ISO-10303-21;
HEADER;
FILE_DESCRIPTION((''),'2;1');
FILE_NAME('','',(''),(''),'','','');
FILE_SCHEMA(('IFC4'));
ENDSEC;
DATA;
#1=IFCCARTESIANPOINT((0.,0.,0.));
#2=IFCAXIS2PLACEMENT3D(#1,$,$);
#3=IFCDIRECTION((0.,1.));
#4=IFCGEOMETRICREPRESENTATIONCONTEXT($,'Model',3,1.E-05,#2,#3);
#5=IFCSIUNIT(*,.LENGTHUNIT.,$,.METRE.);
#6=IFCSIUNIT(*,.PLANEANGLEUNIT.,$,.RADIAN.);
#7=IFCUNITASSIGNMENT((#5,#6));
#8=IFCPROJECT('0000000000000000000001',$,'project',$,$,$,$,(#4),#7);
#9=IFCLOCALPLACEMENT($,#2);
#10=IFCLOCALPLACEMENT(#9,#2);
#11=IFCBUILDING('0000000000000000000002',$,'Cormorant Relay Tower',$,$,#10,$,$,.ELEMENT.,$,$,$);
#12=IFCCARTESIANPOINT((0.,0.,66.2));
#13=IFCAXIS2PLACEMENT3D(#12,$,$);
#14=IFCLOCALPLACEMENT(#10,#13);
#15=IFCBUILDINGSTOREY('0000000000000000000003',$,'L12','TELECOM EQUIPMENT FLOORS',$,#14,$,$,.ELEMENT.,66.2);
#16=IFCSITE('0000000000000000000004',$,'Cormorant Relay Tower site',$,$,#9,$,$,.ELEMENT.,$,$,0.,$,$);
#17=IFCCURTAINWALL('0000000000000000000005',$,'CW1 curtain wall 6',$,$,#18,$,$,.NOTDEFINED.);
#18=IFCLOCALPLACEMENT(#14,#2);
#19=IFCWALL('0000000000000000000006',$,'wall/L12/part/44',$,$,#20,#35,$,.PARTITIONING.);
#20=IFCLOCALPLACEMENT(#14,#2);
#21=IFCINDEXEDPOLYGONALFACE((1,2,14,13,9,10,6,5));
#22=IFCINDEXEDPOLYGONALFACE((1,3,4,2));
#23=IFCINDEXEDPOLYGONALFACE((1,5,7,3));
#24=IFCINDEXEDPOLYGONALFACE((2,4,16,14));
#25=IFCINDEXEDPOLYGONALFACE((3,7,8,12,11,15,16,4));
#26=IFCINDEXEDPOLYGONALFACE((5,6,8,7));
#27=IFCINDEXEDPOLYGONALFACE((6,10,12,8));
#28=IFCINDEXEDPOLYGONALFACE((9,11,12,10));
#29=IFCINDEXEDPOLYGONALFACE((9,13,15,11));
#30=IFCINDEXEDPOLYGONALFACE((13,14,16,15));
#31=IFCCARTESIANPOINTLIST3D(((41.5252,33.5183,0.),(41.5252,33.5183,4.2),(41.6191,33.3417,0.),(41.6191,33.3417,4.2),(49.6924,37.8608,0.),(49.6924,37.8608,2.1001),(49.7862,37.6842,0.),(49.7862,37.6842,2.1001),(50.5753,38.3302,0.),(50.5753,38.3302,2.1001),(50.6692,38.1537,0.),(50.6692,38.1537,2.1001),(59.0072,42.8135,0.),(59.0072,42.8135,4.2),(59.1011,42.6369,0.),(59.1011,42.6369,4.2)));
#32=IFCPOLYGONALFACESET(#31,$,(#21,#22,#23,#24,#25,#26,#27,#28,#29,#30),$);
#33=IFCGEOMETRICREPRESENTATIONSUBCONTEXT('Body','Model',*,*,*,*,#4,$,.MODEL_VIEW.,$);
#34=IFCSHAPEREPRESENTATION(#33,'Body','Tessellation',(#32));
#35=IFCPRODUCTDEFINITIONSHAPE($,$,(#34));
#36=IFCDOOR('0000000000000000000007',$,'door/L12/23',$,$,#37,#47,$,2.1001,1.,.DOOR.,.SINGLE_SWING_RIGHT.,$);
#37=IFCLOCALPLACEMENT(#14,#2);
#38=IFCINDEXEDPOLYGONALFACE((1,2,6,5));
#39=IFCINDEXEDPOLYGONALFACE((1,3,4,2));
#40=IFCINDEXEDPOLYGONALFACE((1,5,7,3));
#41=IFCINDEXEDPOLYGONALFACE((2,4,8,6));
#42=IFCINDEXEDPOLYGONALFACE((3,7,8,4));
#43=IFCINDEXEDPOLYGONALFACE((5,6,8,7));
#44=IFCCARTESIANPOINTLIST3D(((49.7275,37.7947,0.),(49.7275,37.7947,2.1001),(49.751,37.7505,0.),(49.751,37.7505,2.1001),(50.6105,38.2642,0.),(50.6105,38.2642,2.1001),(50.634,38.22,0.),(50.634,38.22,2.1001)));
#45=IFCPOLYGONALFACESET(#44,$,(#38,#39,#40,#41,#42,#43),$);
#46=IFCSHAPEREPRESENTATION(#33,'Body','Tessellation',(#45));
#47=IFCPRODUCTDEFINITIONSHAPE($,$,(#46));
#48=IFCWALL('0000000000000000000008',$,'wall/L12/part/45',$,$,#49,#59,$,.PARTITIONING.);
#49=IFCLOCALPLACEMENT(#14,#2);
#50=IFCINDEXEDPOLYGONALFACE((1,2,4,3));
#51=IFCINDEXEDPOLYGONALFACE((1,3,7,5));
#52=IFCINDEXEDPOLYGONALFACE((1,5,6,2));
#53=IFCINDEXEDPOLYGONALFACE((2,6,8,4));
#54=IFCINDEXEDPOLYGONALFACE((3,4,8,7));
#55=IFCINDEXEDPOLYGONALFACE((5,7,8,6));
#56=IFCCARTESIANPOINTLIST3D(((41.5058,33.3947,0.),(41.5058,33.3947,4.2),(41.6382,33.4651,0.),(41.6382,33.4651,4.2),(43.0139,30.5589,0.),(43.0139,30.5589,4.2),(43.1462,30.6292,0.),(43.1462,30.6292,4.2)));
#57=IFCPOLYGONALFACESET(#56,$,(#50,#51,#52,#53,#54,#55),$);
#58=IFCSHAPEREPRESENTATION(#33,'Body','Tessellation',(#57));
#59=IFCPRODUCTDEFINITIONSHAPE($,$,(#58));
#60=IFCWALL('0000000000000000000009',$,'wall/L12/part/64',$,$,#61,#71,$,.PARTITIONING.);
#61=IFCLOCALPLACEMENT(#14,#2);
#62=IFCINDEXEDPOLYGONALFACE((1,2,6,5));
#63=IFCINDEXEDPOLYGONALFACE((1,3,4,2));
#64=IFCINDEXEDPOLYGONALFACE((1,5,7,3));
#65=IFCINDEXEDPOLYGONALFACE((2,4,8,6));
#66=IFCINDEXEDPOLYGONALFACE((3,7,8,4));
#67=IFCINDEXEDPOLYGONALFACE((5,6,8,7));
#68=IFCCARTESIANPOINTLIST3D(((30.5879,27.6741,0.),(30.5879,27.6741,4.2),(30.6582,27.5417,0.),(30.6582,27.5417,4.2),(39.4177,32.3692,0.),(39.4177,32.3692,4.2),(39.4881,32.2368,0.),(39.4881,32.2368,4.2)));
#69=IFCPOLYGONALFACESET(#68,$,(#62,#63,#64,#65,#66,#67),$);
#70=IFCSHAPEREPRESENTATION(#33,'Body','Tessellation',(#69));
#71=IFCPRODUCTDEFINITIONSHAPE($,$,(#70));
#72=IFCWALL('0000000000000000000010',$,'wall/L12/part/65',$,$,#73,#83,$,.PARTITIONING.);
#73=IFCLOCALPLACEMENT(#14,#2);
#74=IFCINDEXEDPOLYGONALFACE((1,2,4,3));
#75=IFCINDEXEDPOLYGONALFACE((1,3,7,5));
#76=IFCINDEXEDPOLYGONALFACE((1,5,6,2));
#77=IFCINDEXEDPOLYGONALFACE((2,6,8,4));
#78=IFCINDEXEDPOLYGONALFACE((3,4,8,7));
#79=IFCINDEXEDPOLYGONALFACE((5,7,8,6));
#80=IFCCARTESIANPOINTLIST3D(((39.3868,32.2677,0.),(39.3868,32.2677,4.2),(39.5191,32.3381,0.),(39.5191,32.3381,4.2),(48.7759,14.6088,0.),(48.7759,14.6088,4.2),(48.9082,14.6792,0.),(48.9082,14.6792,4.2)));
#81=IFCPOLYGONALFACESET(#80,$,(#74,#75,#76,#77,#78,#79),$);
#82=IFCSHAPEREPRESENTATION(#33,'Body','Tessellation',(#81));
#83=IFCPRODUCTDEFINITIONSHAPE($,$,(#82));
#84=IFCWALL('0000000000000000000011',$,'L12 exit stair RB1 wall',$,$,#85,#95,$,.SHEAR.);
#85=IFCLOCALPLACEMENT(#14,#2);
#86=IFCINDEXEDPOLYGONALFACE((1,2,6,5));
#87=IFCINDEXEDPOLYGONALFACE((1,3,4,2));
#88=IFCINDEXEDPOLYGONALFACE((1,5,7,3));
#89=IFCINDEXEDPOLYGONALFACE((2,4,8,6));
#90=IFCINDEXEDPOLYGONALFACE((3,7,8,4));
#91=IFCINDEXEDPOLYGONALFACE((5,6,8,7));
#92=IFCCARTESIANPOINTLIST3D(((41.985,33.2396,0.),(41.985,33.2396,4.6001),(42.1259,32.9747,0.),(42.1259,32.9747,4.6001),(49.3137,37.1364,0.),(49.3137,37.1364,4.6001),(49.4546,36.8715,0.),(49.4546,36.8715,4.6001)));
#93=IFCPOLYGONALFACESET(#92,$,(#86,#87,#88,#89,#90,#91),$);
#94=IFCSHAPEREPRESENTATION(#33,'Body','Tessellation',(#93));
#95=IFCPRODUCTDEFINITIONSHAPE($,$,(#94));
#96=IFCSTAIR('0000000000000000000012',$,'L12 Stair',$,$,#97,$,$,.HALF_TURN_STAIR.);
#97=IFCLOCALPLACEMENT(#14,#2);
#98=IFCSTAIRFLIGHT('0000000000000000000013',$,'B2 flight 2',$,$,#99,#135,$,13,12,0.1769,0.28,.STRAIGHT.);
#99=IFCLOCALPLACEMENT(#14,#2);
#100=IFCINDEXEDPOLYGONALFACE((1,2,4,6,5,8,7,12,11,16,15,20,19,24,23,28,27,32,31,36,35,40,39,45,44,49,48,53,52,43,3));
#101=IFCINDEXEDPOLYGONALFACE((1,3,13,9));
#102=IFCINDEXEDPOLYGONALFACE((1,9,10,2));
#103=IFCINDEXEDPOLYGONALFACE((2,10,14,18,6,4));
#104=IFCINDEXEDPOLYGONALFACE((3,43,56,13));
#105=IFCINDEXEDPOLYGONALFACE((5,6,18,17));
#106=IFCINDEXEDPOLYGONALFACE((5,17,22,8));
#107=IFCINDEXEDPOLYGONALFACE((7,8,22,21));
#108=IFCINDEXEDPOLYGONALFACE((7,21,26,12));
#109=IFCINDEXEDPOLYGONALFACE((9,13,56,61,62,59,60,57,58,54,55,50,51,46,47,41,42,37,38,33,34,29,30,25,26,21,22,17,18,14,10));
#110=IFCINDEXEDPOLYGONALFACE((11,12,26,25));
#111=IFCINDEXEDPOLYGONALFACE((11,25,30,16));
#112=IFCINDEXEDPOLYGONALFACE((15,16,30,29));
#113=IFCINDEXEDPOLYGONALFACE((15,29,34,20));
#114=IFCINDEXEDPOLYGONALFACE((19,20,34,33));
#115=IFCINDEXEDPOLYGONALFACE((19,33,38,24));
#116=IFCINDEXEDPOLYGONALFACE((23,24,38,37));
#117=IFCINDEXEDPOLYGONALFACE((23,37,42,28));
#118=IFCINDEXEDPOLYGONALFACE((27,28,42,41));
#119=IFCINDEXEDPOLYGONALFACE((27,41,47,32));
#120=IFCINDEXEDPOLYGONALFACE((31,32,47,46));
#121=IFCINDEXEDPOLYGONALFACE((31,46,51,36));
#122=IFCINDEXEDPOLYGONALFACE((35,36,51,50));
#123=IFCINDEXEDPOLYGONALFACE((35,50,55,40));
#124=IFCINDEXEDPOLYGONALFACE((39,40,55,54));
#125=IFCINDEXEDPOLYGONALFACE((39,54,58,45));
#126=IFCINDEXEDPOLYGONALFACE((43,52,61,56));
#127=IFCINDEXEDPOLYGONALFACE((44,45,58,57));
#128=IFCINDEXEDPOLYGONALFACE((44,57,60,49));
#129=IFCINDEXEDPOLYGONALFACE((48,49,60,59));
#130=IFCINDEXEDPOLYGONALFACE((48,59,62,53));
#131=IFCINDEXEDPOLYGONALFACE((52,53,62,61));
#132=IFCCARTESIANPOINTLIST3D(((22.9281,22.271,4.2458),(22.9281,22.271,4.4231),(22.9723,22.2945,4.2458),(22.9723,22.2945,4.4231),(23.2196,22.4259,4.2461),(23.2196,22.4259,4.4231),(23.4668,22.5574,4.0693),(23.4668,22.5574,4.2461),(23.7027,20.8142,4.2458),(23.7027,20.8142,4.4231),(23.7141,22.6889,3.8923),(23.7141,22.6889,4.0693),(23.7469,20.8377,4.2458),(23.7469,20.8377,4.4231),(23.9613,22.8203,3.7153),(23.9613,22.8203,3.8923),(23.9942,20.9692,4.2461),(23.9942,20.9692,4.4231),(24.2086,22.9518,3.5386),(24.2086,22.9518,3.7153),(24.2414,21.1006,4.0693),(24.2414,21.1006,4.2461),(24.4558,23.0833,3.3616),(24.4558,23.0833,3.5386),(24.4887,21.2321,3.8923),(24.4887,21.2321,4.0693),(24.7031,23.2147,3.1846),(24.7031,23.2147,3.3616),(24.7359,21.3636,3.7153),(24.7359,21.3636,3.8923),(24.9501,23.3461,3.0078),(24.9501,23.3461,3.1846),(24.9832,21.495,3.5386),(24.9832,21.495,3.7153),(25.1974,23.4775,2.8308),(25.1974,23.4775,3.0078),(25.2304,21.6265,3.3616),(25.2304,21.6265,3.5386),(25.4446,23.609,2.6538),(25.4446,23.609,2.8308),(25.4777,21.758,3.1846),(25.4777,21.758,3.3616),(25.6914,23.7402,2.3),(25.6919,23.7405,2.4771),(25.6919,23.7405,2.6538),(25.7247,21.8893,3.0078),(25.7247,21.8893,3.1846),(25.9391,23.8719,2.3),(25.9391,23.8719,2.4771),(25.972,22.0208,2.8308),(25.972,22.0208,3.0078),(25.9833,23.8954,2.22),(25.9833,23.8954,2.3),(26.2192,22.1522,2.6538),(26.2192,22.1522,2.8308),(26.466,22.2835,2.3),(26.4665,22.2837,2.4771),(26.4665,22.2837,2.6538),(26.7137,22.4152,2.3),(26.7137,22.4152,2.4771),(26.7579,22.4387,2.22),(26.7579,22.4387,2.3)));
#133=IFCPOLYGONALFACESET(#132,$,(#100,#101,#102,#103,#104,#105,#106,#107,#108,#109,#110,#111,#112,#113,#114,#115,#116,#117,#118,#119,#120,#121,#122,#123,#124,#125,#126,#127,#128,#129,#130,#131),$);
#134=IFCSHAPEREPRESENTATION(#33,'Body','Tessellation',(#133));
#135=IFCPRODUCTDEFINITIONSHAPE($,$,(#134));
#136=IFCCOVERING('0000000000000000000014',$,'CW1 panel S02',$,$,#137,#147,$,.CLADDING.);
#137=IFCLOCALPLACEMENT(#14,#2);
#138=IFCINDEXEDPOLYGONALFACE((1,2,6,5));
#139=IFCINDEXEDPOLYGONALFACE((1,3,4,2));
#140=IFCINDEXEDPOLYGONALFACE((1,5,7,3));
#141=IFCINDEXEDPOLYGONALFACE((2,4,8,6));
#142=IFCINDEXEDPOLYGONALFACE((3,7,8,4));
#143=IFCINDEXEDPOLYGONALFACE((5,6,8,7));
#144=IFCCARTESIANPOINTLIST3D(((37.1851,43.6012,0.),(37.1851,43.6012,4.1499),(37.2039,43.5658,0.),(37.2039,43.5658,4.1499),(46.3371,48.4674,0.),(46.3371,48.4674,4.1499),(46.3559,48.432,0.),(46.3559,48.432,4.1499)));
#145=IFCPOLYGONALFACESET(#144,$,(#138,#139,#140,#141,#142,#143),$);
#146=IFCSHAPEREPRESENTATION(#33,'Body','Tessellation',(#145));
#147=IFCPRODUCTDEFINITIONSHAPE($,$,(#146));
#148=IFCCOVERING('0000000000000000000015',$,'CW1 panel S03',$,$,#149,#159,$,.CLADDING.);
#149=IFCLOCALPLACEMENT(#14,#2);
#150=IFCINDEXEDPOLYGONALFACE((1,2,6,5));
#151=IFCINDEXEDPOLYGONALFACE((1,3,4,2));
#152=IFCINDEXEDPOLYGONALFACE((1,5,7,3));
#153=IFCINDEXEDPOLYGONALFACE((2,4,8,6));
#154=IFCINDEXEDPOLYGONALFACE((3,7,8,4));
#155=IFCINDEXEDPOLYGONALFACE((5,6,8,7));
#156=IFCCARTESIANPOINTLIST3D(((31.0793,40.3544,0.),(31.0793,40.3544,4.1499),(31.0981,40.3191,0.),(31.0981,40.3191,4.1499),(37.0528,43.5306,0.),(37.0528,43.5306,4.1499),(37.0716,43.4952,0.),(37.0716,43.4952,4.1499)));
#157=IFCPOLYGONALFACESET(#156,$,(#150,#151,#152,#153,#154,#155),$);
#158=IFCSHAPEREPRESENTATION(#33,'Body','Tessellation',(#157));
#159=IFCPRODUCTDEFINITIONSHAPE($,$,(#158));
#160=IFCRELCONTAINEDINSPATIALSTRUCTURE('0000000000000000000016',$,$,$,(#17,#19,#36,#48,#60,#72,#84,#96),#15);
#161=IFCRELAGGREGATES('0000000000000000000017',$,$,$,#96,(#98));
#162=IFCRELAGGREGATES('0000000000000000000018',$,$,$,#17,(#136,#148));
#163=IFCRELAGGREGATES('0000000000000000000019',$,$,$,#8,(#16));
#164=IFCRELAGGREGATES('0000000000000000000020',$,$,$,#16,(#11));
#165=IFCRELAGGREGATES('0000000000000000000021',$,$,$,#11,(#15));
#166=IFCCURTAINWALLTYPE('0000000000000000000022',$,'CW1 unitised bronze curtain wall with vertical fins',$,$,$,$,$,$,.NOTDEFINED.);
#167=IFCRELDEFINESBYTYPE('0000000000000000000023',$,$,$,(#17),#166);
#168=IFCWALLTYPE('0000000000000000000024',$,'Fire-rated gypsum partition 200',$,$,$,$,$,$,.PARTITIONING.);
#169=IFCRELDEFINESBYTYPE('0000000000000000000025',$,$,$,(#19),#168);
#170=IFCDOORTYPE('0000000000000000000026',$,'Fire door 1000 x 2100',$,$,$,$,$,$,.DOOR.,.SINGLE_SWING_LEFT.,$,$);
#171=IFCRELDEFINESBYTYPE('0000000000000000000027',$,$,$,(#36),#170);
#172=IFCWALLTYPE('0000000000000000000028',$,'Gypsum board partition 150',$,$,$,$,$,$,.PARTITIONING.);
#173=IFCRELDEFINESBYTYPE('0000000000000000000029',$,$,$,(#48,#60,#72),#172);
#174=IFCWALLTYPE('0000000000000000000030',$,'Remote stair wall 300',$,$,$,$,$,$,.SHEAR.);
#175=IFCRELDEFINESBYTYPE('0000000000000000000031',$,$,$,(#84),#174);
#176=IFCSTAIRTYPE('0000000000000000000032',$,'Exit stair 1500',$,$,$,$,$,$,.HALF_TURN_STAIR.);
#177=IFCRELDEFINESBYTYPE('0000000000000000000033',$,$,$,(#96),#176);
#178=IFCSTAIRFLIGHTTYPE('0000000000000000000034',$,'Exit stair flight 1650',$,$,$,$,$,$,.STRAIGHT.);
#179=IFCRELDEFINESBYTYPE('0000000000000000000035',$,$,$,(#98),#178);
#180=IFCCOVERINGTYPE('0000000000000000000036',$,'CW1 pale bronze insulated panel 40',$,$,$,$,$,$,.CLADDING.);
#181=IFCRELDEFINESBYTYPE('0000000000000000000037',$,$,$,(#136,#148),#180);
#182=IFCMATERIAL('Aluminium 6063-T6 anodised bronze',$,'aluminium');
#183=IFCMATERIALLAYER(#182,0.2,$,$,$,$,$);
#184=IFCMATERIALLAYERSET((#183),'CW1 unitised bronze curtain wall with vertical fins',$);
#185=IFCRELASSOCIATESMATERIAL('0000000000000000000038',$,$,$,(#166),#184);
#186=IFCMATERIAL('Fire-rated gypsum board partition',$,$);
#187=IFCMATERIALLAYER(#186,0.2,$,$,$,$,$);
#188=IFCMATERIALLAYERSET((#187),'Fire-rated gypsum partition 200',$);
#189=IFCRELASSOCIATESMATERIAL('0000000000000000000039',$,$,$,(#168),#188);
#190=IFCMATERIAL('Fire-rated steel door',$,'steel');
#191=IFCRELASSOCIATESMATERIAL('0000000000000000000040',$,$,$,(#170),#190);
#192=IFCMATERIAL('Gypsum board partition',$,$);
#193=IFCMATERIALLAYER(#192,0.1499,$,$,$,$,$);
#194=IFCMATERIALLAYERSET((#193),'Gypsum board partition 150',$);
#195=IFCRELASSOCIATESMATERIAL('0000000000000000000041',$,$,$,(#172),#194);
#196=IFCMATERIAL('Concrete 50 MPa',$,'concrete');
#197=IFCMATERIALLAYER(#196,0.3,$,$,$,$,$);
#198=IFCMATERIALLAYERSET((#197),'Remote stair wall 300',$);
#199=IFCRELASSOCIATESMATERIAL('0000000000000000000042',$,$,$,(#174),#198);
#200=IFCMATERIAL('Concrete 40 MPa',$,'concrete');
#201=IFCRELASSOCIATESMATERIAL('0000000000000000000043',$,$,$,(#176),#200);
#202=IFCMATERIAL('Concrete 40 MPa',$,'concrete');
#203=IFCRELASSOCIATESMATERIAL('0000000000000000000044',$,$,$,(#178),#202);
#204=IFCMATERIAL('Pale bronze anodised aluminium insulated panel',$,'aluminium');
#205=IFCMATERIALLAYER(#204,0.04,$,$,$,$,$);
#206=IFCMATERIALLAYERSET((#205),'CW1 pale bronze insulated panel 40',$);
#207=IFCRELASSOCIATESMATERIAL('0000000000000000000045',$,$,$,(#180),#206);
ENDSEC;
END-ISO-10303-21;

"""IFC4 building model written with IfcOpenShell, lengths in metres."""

from ifc_helpers import new_model, si_unit, direction, frame, frame_2d, origin, origin_2d, place, context, subcontext, project, spatial, polyline, rectangle, outline, extrude, material, layer, layer_set, type_object, element, fill, aggregate, save


model = new_model("IFC4")

# Units and contexts
model_context = context("Model", 3, precision=1e-05, world=origin(), true_north=direction((0.0, 1.0)))
body_context = subcontext(model_context, "Body", "Model", "MODEL_VIEW")
ifc_project = project(units=[si_unit("LENGTHUNIT", "METRE"), si_unit("PLANEANGLEUNIT", "RADIAN")], contexts=[model_context])

# Site, building, storey
site_placement = place(None, origin())
site = spatial("IfcSite", under=ifc_project, at=site_placement, Name="Cormorant Relay Tower site", CompositionType="ELEMENT", RefElevation=0.0)
building_placement = place(site_placement, origin())
building = spatial("IfcBuilding", under=site, at=building_placement, Name="Cormorant Relay Tower", CompositionType="ELEMENT")
storey_placement = place(building_placement, frame((0.0, 0.0, 66.2)))
storey = spatial("IfcBuildingStorey", under=building, at=storey_placement, Name="L12", Description="TELECOM EQUIPMENT FLOORS", CompositionType="ELEMENT", Elevation=66.2)

# Curtain wall
ifc_material_1 = material(Name="Aluminium 6063-T6 anodised bronze", Category="aluminium")
ifc_layer_1 = layer(ifc_material_1, 0.2)
ifc_layer_set_1 = layer_set([ifc_layer_1], Name="CW1 unitised bronze curtain wall with vertical fins")
curtain_wall_type = type_object("IfcCurtainWallType", Name="CW1 unitised bronze curtain wall with vertical fins", PredefinedType="NOTDEFINED", material=ifc_layer_set_1)
curtain_wall_placement = place(storey_placement, origin())
curtain_wall = element("IfcCurtainWall", 1, at=curtain_wall_placement, inside=storey, type_object=curtain_wall_type, Name="CW1 curtain wall 6", PredefinedType="NOTDEFINED")

# Shared definitions
ifc_material_2 = material(Name="Fire-rated gypsum board partition")
ifc_layer_2 = layer(ifc_material_2, 0.2)
ifc_layer_set_2 = layer_set([ifc_layer_2], Name="Fire-rated gypsum partition 200")
wall_type_1 = type_object("IfcWallType", Name="Fire-rated gypsum partition 200", PredefinedType="PARTITIONING", material=ifc_layer_set_2)

# Wall, opening, door
wall_1_placement = place(storey_placement, frame((41.572, 33.4299, 0.0), z_axis=(0.0, 0.0, 1.0), x_axis=(0.882951, 0.469466, 0.0)))
wall_1 = element("IfcWall", 2, at=wall_1_placement, inside=storey, type_object=wall_type_1, Name="wall/L12/part/44", PredefinedType="PARTITIONING", context=body_context, shape_type="SweptSolid", body=[
    extrude(rectangle(XDim=19.7996, YDim=0.2, at=frame_2d((9.8999, 0.0))), origin(), (0.0, 0.0, 1.0), 4.2),
])
opening_placement = place(wall_1_placement, frame((9.25, 0.0, 0.0)))
opening = element("IfcOpeningElement", 3, at=opening_placement, cuts=wall_1, PredefinedType="OPENING", context=body_context, shape_type="SweptSolid", body=[
    extrude(rectangle(XDim=1.0, YDim=2.1001, at=frame_2d((0.5, 1.05))), frame((0.0, 0.1099, 0.0), z_axis=(0.0, -1.0, 0.0), x_axis=(1.0, 0.0, 0.0)), (0.0, 0.0, 1.0), 0.22),
])
ifc_material_3 = material(Name="Fire-rated steel door", Category="steel")
door_type = type_object("IfcDoorType", Name="Fire door 1000 x 2100", OperationType="SINGLE_SWING_LEFT", PredefinedType="DOOR", material=ifc_material_3)
door_placement = place(opening_placement, frame((1.0, 0.0, 0.0), z_axis=(0.0, 0.0, 1.0), x_axis=(-1.0, 0.0, 0.0)))
door = element("IfcDoor", 4, at=door_placement, inside=storey, type_object=door_type, Name="door/L12/23", OperationType="SINGLE_SWING_RIGHT", OverallHeight=2.1001, OverallWidth=1.0, PredefinedType="DOOR", context=body_context, shape_type="SweptSolid", body=[
    extrude(rectangle(XDim=1.0, YDim=2.1001, at=frame_2d((0.5, 1.05))), frame((0.0, 0.0249, 0.0), z_axis=(0.0, -1.0, 0.0), x_axis=(1.0, 0.0, 0.0)), (0.0, 0.0, 1.0), 0.05),
])
fill(opening, door)

# Walls
ifc_material_4 = material(Name="Gypsum board partition")
ifc_layer_3 = layer(ifc_material_4, 0.1499)
ifc_layer_set_3 = layer_set([ifc_layer_3], Name="Gypsum board partition 150")
wall_type_2 = type_object("IfcWallType", Name="Gypsum board partition 150", PredefinedType="PARTITIONING", material=ifc_layer_set_3)
wall_2_placement = place(storey_placement, frame((41.572, 33.4299, 0.0), z_axis=(0.0, 0.0, 1.0), x_axis=(0.469511, -0.882927, 0.0)))
element("IfcWall", 5, at=wall_2_placement, inside=storey, type_object=wall_type_2, Name="wall/L12/part/45", PredefinedType="PARTITIONING", context=body_context, shape_type="SweptSolid", body=[
    extrude(rectangle(XDim=3.2119, YDim=0.1499, at=frame_2d((1.606, 0.0))), origin(), (0.0, 0.0, 1.0), 4.2),
])
wall_3_placement = place(storey_placement, frame((30.623, 27.6079, 0.0), z_axis=(0.0, 0.0, 1.0), x_axis=(0.882941, 0.469484, 0.0)))
element("IfcWall", 6, at=wall_3_placement, inside=storey, type_object=wall_type_2, Name="wall/L12/part/64", PredefinedType="PARTITIONING", context=body_context, shape_type="SweptSolid", body=[
    extrude(rectangle(XDim=10.0005, YDim=0.1499, at=frame_2d((5.0002, 0.0))), origin(), (0.0, 0.0, 1.0), 4.2),
])
wall_4_placement = place(storey_placement, frame((39.4529, 32.303, 0.0), z_axis=(0.0, 0.0, 1.0), x_axis=(0.469461, -0.882953, 0.0)))
element("IfcWall", 7, at=wall_4_placement, inside=storey, type_object=wall_type_2, Name="wall/L12/part/65", PredefinedType="PARTITIONING", context=body_context, shape_type="SweptSolid", body=[
    extrude(rectangle(XDim=19.9998, YDim=0.1499, at=frame_2d((10.0, 0.0))), origin(), (0.0, 0.0, 1.0), 4.2),
])
ifc_material_5 = material(Name="Concrete 50 MPa", Category="concrete")
ifc_layer_4 = layer(ifc_material_5, 0.3)
ifc_layer_set_4 = layer_set([ifc_layer_4], Name="Remote stair wall 300")
wall_type_3 = type_object("IfcWallType", Name="Remote stair wall 300", PredefinedType="SHEAR", material=ifc_layer_set_4)
wall_5_placement = place(storey_placement, frame((42.0554, 33.1072, 0.0), z_axis=(0.0, 0.0, 1.0), x_axis=(0.882946, 0.469475, 0.0)))
element("IfcWall", 8, at=wall_5_placement, inside=storey, type_object=wall_type_3, Name="L12 exit stair RB1 wall", PredefinedType="SHEAR", context=body_context, shape_type="SweptSolid", body=[
    extrude(rectangle(XDim=8.3003, YDim=0.3, at=frame_2d((4.1501, 0.0))), origin(), (0.0, 0.0, 1.0), 4.6001),
])

# Stair, stair flight
ifc_material_6 = material(Name="Concrete 40 MPa", Category="concrete")
stair_type = type_object("IfcStairType", Name="Exit stair 1500", PredefinedType="HALF_TURN_STAIR", material=ifc_material_6)
stair_placement = place(storey_placement, origin())
stair = element("IfcStair", 9, at=stair_placement, inside=storey, type_object=stair_type, Name="L12 Stair", PredefinedType="HALF_TURN_STAIR")
ifc_material_7 = material(Name="Concrete 40 MPa", Category="concrete")
stair_flight_type = type_object("IfcStairFlightType", Name="Exit stair flight 1650", PredefinedType="STRAIGHT", material=ifc_material_7)
stair_flight_placement = place(storey_placement, frame((26.3264, 23.1436, 2.3), z_axis=(0.0, 0.0, 1.0), x_axis=(-0.882948, -0.469472, 0.0)))
stair_flight = element("IfcStairFlight", 10, at=stair_flight_placement, type_object=stair_flight_type, Name="B2 flight 2", NumberOfRisers=13, NumberOfTreads=12, PredefinedType="STRAIGHT", RiserHeight=0.1769, TreadLength=0.28, context=body_context, shape_type="SweptSolid", body=[
    extrude(outline(polyline([(-0.05, -0.0801), (-0.05, 0.0), (0.0, 0.0), (0.0, 0.177), (0.28, 0.177), (0.28, 0.3538), (0.5601, 0.3538), (0.5601, 0.5308), (0.8401, 0.5308), (0.8401, 0.7078), (1.1201, 0.7078), (1.1201, 0.8845), (1.3999, 0.8845), (1.3999, 1.0615), (1.6799, 1.0615), (1.6799, 1.2385), (1.96, 1.2385), (1.96, 1.4153), (2.24, 1.4153), (2.24, 1.5923), (2.52, 1.5923), (2.52, 1.7693), (2.8, 1.7693), (2.8, 1.946), (3.0801, 1.946), (3.0801, 2.123), (3.3601, 2.123), (3.4102, 2.123), (3.4102, 1.9458), (3.3601, 1.9458), (0.2805, 0.0), (-0.05, -0.0801)])), frame((0.0, 0.825, 0.0), z_axis=(0.0, -1.0, 0.0), x_axis=(1.0, 0.0, 0.0)), (0.0, 0.0, 1.0), 1.6499),
])
aggregate(stair, [stair_flight])

# Coverings
ifc_material_8 = material(Name="Pale bronze anodised aluminium insulated panel", Category="aluminium")
ifc_layer_5 = layer(ifc_material_8, 0.04)
ifc_layer_set_5 = layer_set([ifc_layer_5], Name="CW1 pale bronze insulated panel 40")
covering_type = type_object("IfcCoveringType", Name="CW1 pale bronze insulated panel 40", PredefinedType="CLADDING", material=ifc_layer_set_5)
covering_1_placement = place(storey_placement, frame((41.7705, 46.0166, 0.0), z_axis=(0.0, 0.0, 1.0), x_axis=(-0.882948, -0.469472, 0.0)))
covering_1 = element("IfcCovering", 11, at=covering_1_placement, type_object=covering_type, Name="CW1 panel S02", PredefinedType="CLADDING", context=body_context, shape_type="SweptSolid", body=[
    extrude(rectangle(XDim=10.3652, YDim=0.04, at=origin_2d()), origin(), (0.0, 0.0, 1.0), 4.1499),
])
covering_2_placement = place(storey_placement, frame((34.0754, 41.9248, 0.0), z_axis=(0.0, 0.0, 1.0), x_axis=(-0.882948, -0.469472, 0.0)))
covering_2 = element("IfcCovering", 12, at=covering_2_placement, type_object=covering_type, Name="CW1 panel S03", PredefinedType="CLADDING", context=body_context, shape_type="SweptSolid", body=[
    extrude(rectangle(XDim=6.7654, YDim=0.04, at=origin_2d()), origin(), (0.0, 0.0, 1.0), 4.1499),
])
aggregate(curtain_wall, [covering_1, covering_2])

save(model, "model.ifc")
